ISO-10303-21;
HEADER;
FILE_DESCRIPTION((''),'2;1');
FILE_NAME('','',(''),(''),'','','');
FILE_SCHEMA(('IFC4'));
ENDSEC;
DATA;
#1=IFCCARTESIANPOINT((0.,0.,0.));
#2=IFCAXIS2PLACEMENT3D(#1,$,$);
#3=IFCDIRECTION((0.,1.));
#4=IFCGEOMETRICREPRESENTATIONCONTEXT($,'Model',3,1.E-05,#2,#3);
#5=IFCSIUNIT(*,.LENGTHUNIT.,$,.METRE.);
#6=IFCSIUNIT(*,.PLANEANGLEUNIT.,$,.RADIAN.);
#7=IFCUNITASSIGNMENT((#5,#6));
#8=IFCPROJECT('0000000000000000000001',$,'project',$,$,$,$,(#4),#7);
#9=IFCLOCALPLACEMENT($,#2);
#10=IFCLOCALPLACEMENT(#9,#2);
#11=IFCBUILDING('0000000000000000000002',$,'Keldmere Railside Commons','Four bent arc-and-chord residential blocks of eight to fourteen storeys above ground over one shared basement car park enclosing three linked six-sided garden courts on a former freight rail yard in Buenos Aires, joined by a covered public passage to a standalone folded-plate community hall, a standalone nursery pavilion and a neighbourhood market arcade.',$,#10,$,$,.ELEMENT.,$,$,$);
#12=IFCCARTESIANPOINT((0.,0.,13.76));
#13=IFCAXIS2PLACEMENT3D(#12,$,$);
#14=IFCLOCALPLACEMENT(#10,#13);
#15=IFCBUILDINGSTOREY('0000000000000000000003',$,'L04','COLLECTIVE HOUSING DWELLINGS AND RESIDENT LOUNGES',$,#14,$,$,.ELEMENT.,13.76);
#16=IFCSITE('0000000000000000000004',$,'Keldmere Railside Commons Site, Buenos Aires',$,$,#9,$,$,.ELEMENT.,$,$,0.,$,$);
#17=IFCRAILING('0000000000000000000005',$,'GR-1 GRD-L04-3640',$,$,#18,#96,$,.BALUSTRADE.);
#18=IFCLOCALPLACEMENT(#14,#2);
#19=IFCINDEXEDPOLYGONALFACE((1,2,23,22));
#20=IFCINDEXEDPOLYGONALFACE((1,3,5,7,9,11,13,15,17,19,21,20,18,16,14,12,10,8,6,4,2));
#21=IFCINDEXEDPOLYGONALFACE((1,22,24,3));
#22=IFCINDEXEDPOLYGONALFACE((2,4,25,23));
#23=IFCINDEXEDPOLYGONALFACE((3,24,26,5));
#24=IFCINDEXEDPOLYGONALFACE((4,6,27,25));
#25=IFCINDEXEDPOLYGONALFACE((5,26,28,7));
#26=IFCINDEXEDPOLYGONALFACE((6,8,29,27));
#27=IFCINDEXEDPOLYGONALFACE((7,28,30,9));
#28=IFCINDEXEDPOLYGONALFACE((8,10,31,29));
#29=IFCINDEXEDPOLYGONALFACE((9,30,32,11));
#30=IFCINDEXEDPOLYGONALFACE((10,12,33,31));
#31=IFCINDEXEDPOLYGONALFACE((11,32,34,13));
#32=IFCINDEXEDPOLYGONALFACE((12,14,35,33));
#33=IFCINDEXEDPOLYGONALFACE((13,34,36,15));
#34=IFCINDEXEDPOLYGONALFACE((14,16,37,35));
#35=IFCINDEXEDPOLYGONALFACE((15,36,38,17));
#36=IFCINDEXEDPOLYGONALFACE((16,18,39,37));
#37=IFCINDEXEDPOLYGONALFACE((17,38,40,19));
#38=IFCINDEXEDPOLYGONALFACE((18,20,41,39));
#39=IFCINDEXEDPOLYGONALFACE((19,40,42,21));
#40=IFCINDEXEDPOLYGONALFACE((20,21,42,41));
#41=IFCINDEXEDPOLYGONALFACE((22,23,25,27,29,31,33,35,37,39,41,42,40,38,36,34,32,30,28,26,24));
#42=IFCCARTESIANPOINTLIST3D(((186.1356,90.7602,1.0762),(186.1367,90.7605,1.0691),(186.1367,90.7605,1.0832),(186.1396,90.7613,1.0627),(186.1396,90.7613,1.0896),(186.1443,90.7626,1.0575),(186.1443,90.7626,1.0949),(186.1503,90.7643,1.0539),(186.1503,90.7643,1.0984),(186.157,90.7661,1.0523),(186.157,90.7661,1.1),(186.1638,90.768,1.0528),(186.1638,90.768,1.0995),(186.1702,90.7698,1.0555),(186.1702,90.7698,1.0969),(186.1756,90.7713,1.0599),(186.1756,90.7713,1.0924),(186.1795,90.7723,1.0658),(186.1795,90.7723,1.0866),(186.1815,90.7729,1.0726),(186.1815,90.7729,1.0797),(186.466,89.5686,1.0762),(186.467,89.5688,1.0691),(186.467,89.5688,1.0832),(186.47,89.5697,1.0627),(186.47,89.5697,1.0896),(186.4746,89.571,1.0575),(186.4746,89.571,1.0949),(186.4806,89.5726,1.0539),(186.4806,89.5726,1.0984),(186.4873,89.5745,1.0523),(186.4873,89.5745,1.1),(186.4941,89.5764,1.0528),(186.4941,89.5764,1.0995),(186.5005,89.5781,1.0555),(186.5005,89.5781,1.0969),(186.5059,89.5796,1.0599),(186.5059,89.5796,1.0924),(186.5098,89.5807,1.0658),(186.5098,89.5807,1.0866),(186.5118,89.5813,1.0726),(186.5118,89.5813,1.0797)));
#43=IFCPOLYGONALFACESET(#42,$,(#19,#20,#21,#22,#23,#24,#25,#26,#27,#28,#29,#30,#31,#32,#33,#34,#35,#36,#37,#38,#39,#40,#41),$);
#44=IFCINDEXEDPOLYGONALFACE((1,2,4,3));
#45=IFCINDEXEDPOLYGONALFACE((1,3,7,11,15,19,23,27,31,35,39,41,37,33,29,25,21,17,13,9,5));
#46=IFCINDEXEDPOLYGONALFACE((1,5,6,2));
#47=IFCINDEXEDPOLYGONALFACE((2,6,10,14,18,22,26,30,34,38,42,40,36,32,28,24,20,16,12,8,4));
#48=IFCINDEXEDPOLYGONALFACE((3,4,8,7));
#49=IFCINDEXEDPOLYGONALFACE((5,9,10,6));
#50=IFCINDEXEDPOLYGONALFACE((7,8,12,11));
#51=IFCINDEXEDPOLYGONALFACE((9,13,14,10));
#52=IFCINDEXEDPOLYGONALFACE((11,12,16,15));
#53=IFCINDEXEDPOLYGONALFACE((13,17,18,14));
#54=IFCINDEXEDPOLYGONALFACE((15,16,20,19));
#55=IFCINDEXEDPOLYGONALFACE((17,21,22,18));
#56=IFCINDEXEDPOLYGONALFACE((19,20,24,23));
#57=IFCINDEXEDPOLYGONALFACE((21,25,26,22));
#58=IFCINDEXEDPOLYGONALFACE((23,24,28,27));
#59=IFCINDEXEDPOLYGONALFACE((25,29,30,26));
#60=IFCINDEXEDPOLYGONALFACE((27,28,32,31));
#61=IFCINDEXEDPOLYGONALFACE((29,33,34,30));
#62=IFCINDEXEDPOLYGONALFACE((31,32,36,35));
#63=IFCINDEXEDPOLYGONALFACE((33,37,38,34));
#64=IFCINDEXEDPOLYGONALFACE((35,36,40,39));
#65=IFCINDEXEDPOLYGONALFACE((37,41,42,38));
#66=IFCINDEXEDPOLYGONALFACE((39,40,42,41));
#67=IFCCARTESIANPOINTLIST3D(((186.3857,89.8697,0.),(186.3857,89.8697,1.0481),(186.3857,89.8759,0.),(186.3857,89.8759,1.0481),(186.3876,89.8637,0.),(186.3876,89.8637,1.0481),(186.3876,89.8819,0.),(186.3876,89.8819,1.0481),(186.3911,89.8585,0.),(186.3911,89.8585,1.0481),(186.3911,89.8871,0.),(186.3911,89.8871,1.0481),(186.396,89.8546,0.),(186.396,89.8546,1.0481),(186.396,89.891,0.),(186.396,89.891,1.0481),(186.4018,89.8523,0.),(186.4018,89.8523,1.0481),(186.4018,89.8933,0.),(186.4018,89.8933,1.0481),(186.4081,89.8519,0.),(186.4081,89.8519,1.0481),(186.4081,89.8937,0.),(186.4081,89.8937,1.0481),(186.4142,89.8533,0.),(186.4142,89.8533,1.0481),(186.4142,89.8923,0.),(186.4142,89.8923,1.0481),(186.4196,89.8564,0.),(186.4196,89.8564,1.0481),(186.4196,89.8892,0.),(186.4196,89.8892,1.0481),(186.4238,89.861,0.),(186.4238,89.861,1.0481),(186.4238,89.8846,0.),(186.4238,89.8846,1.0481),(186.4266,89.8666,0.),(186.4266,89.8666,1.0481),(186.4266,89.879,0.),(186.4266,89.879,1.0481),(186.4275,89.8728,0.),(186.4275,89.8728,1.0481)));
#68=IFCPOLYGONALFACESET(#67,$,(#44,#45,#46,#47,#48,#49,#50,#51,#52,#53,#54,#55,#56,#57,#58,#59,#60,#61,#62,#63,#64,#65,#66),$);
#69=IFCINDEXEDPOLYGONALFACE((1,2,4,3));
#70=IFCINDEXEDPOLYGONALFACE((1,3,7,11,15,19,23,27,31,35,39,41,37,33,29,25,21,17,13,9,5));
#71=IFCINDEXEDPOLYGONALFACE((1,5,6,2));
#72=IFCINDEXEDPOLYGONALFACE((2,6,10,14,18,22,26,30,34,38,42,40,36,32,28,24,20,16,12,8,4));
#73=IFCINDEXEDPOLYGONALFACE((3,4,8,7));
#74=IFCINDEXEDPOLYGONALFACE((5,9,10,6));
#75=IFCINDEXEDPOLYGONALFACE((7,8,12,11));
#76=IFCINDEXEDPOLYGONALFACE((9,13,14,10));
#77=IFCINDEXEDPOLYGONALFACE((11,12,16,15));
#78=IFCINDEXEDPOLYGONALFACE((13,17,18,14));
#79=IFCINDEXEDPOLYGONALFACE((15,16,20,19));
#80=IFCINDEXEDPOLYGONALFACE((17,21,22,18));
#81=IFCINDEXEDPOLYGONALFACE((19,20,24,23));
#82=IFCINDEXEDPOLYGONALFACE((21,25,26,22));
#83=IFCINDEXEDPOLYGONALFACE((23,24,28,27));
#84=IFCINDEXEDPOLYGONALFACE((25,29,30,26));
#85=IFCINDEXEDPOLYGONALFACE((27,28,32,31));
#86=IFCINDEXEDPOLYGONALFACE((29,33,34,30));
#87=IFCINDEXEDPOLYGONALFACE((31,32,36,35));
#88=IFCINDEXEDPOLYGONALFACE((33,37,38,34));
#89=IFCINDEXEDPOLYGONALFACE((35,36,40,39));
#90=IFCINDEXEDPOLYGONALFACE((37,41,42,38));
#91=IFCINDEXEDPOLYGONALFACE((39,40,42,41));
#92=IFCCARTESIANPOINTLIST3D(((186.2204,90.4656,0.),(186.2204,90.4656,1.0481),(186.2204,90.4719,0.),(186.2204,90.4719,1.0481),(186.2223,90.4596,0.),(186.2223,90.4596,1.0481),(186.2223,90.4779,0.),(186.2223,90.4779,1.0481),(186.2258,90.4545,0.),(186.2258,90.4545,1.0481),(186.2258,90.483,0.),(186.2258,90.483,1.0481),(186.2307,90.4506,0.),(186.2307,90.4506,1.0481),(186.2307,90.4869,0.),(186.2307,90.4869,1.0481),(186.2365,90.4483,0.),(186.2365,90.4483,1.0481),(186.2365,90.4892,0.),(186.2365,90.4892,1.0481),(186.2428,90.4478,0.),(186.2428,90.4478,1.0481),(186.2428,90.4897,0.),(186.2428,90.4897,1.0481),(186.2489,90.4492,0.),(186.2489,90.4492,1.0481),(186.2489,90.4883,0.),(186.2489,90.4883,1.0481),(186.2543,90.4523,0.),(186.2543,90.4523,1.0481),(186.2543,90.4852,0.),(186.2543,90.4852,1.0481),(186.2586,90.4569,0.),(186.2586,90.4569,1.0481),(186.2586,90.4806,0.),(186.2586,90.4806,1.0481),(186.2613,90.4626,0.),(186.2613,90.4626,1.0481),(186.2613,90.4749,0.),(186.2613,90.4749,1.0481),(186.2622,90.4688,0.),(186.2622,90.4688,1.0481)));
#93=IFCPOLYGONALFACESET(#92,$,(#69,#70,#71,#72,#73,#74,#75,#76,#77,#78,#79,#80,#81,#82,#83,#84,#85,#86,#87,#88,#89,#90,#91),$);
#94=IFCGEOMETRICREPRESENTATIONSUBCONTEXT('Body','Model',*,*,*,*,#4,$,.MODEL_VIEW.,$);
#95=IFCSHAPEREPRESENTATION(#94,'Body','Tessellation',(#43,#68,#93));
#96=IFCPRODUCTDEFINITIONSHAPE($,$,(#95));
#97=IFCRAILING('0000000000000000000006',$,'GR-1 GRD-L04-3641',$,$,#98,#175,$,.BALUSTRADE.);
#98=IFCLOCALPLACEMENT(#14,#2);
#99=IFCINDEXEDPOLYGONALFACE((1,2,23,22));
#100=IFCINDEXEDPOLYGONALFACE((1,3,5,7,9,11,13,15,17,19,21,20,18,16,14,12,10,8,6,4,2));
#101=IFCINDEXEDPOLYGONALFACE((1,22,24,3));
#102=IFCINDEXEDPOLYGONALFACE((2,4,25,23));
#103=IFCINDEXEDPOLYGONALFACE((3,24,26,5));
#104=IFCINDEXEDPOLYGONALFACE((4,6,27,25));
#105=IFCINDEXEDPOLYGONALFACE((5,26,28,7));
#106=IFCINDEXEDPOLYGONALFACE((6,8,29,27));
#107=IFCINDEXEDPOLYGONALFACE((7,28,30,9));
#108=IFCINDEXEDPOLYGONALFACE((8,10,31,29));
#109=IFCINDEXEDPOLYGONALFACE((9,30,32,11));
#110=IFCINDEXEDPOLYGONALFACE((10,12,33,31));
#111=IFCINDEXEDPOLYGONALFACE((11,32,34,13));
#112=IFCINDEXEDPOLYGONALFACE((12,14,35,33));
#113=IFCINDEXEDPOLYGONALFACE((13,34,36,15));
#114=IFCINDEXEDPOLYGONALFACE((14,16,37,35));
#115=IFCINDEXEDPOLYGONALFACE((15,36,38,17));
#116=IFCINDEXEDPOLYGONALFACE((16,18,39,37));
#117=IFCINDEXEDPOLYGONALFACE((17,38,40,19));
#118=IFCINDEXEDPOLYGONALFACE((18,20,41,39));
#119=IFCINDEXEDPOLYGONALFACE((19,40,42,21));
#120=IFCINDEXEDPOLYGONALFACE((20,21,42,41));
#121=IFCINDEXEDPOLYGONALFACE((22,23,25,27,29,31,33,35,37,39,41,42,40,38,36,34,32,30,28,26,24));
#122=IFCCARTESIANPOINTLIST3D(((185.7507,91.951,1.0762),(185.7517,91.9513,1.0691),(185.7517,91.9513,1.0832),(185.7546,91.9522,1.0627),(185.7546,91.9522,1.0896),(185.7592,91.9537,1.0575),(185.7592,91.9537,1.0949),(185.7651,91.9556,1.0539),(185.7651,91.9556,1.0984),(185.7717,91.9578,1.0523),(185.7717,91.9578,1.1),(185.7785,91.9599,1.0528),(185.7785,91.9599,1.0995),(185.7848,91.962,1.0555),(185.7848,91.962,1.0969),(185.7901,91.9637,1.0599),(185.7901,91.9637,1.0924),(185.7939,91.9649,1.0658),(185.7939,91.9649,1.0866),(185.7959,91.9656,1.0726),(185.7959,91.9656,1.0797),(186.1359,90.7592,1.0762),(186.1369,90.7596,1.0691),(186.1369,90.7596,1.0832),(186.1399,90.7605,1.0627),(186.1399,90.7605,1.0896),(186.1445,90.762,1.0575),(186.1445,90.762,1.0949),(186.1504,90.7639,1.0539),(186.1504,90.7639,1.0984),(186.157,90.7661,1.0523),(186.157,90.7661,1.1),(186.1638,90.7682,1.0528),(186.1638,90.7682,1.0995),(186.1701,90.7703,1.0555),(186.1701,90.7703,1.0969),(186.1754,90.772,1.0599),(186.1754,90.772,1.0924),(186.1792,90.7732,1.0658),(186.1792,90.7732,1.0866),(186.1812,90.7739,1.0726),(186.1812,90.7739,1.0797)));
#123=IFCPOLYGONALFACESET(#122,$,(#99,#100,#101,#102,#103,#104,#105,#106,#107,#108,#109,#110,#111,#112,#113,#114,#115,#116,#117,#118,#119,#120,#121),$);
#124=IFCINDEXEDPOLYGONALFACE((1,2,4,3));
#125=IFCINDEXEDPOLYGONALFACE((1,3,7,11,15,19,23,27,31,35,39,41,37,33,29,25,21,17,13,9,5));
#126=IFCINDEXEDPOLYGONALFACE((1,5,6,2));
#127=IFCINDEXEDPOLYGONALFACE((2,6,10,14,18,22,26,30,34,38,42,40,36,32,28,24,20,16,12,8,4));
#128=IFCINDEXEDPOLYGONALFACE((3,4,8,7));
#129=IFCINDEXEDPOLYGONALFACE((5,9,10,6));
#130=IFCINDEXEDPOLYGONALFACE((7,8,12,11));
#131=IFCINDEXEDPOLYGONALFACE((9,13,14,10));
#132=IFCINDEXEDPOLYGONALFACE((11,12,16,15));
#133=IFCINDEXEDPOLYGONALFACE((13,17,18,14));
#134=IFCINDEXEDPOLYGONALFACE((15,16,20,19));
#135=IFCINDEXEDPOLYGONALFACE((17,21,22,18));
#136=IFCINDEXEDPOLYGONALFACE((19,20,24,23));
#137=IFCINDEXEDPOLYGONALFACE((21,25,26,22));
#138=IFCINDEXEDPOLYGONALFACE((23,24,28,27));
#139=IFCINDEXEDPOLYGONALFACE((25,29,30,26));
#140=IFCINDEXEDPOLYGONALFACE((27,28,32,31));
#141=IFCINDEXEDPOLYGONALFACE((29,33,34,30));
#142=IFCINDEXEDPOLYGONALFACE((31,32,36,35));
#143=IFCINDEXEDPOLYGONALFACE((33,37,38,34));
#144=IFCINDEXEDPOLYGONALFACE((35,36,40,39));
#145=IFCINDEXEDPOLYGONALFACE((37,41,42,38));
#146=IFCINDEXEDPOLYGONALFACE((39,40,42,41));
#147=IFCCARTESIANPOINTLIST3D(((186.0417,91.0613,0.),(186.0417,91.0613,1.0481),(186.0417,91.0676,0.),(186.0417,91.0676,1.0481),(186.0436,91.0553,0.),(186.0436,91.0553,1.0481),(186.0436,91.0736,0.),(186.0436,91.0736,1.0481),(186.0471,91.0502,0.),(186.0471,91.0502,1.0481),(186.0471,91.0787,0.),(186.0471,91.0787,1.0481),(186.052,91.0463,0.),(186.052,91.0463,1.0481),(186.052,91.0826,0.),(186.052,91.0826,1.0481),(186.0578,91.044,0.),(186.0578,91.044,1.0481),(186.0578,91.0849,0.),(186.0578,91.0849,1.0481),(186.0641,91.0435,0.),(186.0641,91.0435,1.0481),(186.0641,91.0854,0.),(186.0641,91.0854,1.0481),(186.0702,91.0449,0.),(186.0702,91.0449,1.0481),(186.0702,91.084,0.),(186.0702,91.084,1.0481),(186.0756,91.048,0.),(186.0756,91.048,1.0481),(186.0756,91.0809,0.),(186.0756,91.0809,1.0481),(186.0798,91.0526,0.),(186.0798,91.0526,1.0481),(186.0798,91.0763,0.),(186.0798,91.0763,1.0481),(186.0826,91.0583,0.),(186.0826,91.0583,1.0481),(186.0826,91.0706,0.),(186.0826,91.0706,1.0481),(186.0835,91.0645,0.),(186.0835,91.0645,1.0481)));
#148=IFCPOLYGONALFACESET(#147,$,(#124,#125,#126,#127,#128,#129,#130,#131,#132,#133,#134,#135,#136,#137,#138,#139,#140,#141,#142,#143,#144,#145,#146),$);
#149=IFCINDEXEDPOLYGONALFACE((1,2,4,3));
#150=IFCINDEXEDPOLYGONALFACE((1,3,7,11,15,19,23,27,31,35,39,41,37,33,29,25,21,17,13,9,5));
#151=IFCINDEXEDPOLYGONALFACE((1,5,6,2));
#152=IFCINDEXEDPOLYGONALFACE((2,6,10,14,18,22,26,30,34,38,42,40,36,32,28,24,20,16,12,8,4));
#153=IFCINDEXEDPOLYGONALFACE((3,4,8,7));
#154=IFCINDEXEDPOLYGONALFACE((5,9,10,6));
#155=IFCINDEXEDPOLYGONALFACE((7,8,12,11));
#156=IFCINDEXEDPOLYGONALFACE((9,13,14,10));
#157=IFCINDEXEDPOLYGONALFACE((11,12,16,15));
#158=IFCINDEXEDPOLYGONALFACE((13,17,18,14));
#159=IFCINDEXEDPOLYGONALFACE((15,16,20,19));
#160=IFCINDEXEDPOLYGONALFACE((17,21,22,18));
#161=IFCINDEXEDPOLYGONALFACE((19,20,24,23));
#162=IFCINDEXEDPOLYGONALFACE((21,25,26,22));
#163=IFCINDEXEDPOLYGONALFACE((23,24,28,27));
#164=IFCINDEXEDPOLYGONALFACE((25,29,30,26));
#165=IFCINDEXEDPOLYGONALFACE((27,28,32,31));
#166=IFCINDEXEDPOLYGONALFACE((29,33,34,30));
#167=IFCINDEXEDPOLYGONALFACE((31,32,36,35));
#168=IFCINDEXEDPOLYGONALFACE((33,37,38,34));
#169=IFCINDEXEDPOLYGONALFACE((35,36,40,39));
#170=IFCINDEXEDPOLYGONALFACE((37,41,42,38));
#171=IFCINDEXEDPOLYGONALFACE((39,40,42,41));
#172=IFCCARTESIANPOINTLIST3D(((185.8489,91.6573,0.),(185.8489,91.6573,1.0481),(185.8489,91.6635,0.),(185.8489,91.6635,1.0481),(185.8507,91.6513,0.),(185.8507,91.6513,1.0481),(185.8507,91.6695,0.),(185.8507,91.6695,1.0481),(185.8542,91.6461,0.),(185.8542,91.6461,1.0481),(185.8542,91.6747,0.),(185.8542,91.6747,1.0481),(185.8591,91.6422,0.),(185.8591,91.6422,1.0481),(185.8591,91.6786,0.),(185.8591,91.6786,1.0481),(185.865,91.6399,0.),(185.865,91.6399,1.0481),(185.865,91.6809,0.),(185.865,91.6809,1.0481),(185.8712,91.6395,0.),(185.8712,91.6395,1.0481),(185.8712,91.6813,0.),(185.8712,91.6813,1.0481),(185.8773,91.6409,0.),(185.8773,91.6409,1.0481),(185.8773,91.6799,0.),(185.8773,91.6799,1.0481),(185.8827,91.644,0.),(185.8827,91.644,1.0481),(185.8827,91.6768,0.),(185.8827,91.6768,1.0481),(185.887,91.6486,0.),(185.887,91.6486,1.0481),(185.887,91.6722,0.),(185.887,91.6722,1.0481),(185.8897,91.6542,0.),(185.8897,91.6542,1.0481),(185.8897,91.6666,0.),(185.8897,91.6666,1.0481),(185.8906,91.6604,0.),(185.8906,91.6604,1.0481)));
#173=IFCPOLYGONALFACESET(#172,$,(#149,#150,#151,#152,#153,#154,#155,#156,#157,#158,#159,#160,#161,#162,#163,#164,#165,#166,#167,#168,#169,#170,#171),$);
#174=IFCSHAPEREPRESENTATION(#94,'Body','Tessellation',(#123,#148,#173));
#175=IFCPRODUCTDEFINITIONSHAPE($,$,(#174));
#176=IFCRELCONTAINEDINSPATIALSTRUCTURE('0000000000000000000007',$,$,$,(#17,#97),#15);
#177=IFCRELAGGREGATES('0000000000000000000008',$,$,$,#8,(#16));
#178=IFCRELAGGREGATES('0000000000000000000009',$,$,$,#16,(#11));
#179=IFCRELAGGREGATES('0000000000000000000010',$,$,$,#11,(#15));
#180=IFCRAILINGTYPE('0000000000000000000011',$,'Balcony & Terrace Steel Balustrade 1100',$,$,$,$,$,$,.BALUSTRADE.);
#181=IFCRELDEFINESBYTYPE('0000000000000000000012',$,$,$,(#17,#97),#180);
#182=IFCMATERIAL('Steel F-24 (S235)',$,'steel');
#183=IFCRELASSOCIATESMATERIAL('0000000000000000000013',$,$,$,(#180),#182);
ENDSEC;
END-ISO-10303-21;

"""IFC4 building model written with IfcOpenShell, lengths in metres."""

from ifc_helpers import new_model, si_unit, direction, frame, origin, origin_2d, place, context, subcontext, project, spatial, circle, extrude, material, type_object, element, save


model = new_model("IFC4")

# Units and contexts
model_context = context("Model", 3, precision=1e-05, world=origin(), true_north=direction((0.0, 1.0)))
body_context = subcontext(model_context, "Body", "Model", "MODEL_VIEW")
ifc_project = project(units=[si_unit("LENGTHUNIT", "METRE"), si_unit("PLANEANGLEUNIT", "RADIAN")], contexts=[model_context])

# Site, building, storey
site_placement = place(None, origin())
site = spatial("IfcSite", under=ifc_project, at=site_placement, Name="Keldmere Railside Commons Site, Buenos Aires", CompositionType="ELEMENT", RefElevation=0.0)
building_placement = place(site_placement, origin())
building = spatial("IfcBuilding", under=site, at=building_placement, Name="Keldmere Railside Commons", Description="Four bent arc-and-chord residential blocks of eight to fourteen storeys above ground over one shared basement car park enclosing three linked six-sided garden courts on a former freight rail yard in Buenos Aires, joined by a covered public passage to a standalone folded-plate community hall, a standalone nursery pavilion and a neighbourhood market arcade.", CompositionType="ELEMENT")
storey_placement = place(building_placement, frame((0.0, 0.0, 13.76)))
storey = spatial("IfcBuildingStorey", under=building, at=storey_placement, Name="L04", Description="COLLECTIVE HOUSING DWELLINGS AND RESIDENT LOUNGES", CompositionType="ELEMENT", Elevation=13.76)

# Railings
ifc_material_1 = material(Name="Steel F-24 (S235)", Category="steel")
railing_type = type_object("IfcRailingType", Name="Balcony & Terrace Steel Balustrade 1100", PredefinedType="BALUSTRADE", material=ifc_material_1)
railing_1_placement = place(storey_placement, frame((186.489, 89.575, 0.0)))
element("IfcRailing", 1, at=railing_1_placement, inside=storey, type_object=railing_type, Name="GR-1 GRD-L04-3640", PredefinedType="BALUSTRADE", context=body_context, shape_type="SweptSolid", body=[
    extrude(circle(Radius=0.0239, at=origin_2d()), frame((0.0, 0.0, 1.0762), z_axis=(-0.267125, 0.963662, 0.0), x_axis=(-0.963662, -0.267125, 0.0)), (0.0, 0.0, 1.0), 1.2366),
    extrude(circle(Radius=0.021, at=origin_2d()), frame((-0.0825, 0.2979, 0.0)), (0.0, 0.0, 1.0), 1.0481),
    extrude(circle(Radius=0.021, at=origin_2d()), frame((-0.2478, 0.8938, 0.0)), (0.0, 0.0, 1.0), 1.0481),
])
railing_2_placement = place(storey_placement, frame((186.1587, 90.7666, 0.0)))
element("IfcRailing", 2, at=railing_2_placement, inside=storey, type_object=railing_type, Name="GR-1 GRD-L04-3641", PredefinedType="BALUSTRADE", context=body_context, shape_type="SweptSolid", body=[
    extrude(circle(Radius=0.0239, at=origin_2d()), frame((0.0, 0.0, 1.0762), z_axis=(-0.307618, 0.95151, 0.0), x_axis=(-0.95151, -0.307618, 0.0)), (0.0, 0.0, 1.0), 1.2524),
    extrude(circle(Radius=0.021, at=origin_2d()), frame((-0.0962, 0.2979, 0.0)), (0.0, 0.0, 1.0), 1.0481),
    extrude(circle(Radius=0.021, at=origin_2d()), frame((-0.2891, 0.8938, 0.0)), (0.0, 0.0, 1.0), 1.0481),
])

save(model, "model.ifc")
